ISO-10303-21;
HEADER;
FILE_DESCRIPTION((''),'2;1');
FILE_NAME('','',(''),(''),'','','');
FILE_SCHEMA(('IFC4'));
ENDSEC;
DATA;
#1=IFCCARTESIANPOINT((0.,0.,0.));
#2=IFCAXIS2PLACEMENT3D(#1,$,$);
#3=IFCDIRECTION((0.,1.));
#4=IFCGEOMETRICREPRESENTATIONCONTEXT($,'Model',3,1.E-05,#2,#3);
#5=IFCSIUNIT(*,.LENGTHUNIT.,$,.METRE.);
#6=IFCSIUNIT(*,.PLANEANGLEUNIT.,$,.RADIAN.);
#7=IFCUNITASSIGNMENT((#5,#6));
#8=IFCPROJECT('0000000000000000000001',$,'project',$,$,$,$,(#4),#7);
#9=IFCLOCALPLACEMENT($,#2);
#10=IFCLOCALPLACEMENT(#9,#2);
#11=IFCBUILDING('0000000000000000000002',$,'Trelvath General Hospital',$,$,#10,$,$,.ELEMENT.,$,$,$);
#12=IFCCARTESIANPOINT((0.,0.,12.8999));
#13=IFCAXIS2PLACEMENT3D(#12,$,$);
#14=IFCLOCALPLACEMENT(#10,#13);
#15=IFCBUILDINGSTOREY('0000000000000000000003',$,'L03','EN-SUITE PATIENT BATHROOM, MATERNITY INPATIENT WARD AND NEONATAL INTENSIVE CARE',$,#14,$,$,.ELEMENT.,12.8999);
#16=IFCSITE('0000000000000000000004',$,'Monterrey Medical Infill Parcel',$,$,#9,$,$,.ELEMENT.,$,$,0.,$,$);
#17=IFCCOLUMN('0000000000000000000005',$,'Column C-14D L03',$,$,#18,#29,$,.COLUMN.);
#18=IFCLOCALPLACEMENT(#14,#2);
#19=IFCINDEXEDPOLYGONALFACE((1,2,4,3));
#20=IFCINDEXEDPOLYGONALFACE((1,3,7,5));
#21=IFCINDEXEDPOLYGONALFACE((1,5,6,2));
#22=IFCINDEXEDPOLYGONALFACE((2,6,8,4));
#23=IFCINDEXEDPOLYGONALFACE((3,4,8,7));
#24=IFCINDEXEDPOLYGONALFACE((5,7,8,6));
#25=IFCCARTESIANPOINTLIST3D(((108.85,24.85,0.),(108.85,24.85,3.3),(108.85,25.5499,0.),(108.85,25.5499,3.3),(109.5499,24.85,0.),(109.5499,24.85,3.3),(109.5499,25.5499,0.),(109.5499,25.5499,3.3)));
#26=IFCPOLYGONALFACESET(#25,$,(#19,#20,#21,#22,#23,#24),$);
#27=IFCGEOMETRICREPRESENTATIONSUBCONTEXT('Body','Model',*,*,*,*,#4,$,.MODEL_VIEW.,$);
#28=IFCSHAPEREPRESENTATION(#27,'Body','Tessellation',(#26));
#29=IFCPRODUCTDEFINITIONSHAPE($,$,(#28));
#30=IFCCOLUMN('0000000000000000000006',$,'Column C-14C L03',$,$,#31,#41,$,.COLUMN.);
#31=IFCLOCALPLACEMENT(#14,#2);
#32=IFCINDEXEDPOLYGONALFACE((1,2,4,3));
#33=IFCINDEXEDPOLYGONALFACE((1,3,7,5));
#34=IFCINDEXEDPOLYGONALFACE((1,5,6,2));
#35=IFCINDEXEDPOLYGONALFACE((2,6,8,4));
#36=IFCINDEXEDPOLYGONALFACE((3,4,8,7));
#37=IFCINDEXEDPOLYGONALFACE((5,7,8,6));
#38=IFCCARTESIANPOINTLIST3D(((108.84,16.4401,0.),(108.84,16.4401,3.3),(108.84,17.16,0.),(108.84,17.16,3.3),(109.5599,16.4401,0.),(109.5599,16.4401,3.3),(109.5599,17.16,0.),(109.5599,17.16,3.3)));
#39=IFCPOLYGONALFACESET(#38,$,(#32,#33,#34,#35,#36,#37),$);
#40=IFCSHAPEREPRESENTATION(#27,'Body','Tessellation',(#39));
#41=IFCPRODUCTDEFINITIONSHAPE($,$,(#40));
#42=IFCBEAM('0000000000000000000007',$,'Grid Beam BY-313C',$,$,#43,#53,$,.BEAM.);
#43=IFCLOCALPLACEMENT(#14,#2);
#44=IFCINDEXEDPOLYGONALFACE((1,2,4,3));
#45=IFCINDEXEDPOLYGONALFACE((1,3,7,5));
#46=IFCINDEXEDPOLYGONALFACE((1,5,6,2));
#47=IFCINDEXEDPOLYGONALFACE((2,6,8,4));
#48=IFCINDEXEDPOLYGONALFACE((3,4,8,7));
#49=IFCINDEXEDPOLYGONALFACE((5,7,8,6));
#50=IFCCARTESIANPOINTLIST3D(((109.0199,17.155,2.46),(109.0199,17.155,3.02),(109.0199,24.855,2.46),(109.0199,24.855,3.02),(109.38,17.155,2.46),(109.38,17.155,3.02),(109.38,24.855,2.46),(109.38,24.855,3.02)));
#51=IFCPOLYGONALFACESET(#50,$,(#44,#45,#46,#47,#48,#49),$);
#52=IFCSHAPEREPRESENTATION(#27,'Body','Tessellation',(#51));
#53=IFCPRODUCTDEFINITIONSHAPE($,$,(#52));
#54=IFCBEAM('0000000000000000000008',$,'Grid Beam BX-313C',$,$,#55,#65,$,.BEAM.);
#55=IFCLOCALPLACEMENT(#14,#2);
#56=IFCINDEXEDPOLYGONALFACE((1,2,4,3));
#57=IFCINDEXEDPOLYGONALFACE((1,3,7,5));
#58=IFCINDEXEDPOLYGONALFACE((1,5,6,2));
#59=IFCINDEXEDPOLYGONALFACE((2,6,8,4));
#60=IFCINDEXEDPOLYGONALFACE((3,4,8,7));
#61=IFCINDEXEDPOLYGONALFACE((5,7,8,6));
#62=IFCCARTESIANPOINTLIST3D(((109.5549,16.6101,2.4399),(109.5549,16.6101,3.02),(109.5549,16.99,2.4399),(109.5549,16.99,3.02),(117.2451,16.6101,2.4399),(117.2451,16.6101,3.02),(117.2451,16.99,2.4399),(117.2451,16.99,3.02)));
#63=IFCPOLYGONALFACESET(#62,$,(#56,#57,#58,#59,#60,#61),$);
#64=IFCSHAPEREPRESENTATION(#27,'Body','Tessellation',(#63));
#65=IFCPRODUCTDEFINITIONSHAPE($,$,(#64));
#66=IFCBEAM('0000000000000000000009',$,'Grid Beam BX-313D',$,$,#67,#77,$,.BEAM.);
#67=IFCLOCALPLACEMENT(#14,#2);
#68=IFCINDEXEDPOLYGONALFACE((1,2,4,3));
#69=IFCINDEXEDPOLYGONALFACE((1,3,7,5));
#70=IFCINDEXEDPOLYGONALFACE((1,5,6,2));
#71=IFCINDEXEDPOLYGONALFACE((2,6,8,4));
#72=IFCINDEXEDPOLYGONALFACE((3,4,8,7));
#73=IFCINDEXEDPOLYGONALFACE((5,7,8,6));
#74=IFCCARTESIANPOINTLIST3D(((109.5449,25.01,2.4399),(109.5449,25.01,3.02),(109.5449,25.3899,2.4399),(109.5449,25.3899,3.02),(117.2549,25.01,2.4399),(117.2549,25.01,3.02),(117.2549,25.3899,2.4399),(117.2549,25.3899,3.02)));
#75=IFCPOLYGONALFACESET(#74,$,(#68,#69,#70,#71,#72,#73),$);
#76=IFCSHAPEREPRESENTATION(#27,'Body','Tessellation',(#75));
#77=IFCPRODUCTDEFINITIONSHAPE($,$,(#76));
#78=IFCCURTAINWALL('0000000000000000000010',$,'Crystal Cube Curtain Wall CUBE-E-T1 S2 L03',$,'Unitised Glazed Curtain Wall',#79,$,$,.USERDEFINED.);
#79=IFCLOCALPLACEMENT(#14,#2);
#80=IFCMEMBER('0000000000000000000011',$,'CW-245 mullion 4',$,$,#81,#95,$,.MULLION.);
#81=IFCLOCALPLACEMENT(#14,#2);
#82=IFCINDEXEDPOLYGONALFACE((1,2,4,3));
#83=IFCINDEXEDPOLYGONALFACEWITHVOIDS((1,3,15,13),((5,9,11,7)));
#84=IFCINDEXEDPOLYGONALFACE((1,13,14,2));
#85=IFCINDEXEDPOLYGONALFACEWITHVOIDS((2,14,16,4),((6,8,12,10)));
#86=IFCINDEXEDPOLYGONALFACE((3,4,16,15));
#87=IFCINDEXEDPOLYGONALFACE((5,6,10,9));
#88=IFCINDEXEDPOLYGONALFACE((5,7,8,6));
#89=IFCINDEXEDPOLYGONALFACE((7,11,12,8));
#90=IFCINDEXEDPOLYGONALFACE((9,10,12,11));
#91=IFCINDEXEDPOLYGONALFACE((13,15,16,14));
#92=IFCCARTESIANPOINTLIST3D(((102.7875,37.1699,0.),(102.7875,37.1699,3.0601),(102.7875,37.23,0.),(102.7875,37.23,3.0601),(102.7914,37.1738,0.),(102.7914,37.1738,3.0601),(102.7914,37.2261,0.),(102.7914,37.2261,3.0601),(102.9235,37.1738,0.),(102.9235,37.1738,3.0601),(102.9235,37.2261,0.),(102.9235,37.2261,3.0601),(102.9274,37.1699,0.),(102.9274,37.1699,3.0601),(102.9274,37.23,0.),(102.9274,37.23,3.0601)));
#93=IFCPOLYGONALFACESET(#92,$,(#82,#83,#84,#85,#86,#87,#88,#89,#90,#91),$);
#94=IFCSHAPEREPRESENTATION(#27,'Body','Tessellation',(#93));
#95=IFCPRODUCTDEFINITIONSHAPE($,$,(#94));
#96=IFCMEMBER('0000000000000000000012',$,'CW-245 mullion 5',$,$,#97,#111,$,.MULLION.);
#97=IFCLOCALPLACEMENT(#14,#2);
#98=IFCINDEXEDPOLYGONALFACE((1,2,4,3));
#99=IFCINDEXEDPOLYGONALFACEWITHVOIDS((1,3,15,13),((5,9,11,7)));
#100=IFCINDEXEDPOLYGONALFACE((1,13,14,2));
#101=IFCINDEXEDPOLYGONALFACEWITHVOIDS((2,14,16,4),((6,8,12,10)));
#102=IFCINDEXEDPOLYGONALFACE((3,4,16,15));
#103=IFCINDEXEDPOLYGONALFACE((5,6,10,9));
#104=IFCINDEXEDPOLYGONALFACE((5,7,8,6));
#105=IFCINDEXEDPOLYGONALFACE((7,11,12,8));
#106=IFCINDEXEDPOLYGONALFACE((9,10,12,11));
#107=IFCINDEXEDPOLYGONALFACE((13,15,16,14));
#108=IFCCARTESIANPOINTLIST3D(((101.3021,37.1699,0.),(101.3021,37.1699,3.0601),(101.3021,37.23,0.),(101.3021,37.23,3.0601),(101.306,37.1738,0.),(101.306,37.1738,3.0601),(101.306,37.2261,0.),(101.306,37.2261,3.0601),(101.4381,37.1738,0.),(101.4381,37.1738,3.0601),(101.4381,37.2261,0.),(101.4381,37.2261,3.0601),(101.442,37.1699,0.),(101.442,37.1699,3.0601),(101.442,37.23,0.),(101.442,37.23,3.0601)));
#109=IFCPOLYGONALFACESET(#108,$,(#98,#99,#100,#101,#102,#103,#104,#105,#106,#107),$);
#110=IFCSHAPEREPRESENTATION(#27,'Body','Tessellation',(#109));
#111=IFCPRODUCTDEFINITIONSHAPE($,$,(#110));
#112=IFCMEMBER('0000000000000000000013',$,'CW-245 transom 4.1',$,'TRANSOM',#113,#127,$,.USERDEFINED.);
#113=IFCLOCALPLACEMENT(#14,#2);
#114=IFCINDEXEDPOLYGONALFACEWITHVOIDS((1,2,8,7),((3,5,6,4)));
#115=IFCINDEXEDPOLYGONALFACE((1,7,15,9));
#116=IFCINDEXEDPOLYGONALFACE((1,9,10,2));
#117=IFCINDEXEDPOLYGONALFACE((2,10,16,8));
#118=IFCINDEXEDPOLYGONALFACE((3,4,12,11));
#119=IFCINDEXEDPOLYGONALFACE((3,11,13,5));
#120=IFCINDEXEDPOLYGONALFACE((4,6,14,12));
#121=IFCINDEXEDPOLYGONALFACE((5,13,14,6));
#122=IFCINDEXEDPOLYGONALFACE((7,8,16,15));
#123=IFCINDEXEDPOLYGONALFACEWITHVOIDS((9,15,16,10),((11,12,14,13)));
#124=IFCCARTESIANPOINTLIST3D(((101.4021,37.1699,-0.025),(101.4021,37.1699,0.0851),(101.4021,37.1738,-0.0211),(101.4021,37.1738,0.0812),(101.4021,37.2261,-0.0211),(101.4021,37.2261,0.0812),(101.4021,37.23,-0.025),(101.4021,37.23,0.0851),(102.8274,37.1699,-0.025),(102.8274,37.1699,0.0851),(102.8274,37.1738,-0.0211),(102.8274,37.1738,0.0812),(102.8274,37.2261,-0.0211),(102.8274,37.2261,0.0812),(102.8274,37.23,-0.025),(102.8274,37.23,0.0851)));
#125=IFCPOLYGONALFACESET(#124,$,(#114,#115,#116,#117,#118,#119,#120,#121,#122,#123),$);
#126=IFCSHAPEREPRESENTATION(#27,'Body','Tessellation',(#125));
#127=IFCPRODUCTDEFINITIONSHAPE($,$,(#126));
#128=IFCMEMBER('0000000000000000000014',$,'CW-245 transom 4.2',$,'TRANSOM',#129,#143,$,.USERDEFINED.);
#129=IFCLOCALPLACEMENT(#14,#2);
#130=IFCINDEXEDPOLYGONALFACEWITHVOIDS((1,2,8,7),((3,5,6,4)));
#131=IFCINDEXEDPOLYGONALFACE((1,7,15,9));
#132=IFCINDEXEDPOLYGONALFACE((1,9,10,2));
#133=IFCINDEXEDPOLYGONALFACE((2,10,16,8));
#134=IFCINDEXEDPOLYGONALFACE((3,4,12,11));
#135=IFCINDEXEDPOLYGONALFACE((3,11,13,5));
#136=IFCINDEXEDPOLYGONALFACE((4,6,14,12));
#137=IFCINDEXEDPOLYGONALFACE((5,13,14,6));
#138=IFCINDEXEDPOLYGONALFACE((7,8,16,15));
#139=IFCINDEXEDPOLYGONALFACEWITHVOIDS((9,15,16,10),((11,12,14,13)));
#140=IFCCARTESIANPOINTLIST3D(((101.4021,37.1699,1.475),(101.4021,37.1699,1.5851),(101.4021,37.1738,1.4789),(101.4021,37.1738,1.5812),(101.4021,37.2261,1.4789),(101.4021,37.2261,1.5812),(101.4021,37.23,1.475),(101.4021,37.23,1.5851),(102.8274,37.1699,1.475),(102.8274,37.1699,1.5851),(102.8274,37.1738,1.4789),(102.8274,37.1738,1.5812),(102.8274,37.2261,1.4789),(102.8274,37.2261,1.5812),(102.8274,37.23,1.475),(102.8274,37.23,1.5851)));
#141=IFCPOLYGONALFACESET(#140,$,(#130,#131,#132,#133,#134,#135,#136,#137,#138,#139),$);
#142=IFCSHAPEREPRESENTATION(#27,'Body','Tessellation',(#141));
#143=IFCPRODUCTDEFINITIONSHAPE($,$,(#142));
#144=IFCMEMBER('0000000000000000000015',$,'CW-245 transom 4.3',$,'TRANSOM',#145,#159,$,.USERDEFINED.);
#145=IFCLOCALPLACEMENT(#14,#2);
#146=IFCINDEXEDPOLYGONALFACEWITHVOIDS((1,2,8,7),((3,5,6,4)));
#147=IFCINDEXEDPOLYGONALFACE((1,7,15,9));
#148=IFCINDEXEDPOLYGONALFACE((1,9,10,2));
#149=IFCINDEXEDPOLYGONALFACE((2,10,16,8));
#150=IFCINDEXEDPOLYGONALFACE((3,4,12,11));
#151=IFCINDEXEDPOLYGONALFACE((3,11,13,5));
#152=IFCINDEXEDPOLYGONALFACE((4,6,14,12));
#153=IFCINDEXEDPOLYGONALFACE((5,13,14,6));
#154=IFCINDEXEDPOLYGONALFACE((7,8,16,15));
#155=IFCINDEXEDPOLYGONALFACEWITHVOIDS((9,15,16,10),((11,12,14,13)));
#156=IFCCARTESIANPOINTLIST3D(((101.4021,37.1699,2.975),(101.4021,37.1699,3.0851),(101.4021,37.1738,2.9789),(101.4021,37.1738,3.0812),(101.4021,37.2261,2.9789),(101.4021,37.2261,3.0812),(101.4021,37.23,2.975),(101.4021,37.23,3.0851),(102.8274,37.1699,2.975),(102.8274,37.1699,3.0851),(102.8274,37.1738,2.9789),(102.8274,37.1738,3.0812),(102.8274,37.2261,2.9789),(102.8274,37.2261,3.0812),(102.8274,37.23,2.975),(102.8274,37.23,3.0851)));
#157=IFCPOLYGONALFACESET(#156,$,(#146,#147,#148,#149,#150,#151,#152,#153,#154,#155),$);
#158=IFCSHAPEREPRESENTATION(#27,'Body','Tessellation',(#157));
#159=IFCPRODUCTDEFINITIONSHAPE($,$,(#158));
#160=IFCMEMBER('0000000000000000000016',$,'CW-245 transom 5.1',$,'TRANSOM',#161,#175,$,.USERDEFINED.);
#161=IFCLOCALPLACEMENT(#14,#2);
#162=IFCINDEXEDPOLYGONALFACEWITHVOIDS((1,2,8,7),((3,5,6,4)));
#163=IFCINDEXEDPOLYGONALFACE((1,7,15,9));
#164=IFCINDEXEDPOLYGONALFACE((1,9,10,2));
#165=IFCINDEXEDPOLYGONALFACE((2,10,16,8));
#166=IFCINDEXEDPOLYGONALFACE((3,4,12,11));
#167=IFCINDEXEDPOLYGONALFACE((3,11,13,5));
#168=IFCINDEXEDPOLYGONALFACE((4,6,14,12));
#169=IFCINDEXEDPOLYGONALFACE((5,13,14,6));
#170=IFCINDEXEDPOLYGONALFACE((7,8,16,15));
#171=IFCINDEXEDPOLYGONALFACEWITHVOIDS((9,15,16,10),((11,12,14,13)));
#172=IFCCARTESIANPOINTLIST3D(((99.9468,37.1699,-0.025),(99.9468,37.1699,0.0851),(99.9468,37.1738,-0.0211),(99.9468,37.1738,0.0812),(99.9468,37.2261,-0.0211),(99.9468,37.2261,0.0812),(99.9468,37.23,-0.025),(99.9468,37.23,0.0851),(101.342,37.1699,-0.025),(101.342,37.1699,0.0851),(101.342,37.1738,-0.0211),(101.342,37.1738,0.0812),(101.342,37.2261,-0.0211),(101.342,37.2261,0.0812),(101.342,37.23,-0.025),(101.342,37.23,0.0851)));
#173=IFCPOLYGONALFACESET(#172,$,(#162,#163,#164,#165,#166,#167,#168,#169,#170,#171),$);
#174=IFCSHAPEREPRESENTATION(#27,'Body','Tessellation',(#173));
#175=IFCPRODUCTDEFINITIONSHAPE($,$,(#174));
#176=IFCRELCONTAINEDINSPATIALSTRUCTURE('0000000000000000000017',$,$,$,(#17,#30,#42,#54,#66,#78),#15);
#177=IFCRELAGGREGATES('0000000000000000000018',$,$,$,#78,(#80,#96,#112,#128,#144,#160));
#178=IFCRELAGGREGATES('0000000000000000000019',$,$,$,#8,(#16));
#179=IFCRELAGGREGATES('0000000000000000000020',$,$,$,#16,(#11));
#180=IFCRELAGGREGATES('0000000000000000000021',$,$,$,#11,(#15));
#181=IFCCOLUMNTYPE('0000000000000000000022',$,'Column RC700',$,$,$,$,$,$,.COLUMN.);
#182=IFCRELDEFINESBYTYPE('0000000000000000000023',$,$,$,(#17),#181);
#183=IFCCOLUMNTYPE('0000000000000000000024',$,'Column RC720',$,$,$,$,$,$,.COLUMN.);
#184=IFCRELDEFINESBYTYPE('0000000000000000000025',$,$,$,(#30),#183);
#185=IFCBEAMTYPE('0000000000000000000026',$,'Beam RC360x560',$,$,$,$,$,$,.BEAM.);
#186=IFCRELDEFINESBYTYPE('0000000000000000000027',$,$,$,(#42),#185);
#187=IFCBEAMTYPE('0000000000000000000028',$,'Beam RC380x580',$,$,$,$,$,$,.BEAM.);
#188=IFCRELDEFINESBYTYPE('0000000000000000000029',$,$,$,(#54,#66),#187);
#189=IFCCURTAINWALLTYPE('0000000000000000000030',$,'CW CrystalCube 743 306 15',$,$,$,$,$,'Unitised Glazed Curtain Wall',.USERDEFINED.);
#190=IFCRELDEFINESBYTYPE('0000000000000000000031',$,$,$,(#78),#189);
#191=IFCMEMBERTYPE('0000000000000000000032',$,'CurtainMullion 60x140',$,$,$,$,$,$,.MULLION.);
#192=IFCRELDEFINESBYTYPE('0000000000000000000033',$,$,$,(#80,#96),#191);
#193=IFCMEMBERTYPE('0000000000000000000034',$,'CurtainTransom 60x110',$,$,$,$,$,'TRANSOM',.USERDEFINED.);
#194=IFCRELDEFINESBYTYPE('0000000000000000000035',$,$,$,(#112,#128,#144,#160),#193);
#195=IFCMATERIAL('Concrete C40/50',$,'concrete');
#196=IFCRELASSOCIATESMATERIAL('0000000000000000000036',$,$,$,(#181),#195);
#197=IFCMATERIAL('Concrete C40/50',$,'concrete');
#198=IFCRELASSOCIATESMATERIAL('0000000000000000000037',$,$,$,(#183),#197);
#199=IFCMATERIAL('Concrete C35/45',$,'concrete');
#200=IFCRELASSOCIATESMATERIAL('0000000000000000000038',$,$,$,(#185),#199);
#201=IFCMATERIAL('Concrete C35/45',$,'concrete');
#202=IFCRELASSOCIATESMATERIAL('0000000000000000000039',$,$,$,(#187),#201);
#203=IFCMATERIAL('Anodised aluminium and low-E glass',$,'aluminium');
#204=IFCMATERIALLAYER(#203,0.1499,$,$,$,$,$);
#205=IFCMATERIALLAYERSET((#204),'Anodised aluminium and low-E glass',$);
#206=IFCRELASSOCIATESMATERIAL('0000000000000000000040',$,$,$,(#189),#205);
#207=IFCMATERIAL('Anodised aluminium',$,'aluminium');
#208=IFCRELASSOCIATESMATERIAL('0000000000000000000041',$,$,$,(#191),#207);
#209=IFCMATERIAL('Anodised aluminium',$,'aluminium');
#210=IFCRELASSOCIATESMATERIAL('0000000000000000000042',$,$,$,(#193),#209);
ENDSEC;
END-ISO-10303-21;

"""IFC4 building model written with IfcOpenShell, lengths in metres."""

from ifc_helpers import new_model, si_unit, direction, frame, origin, origin_2d, place, context, subcontext, project, spatial, rectangle, hollow_rectangle, extrude, material, layer, layer_set, material_profile, profile_set, type_object, element, aggregate, save


model = new_model("IFC4")

# Units and contexts
model_context = context("Model", 3, precision=1e-05, world=origin(), true_north=direction((0.0, 1.0)))
body_context = subcontext(model_context, "Body", "Model", "MODEL_VIEW")
ifc_project = project(units=[si_unit("LENGTHUNIT", "METRE"), si_unit("PLANEANGLEUNIT", "RADIAN")], contexts=[model_context])

# Site, building, storey
site_placement = place(None, origin())
site = spatial("IfcSite", under=ifc_project, at=site_placement, Name="Monterrey Medical Infill Parcel", CompositionType="ELEMENT", RefElevation=0.0)
building_placement = place(site_placement, origin())
building = spatial("IfcBuilding", under=site, at=building_placement, Name="Trelvath General Hospital", CompositionType="ELEMENT")
storey_placement = place(building_placement, frame((0.0, 0.0, 12.8999)))
storey = spatial("IfcBuildingStorey", under=building, at=storey_placement, Name="L03", Description="EN-SUITE PATIENT BATHROOM, MATERNITY INPATIENT WARD AND NEONATAL INTENSIVE CARE", CompositionType="ELEMENT", Elevation=12.8999)

# Columns
ifc_material_1 = material(Name="Concrete C40/50", Category="concrete")
ifc_material_profile_1 = material_profile(ifc_material_1, rectangle(XDim=0.7, YDim=0.7, at=origin_2d()), Name="RC700x700")
ifc_profile_set_1 = profile_set([ifc_material_profile_1], Name="Concrete C40/50")
column_type_1 = type_object("IfcColumnType", Name="Column RC700", PredefinedType="COLUMN", material=ifc_profile_set_1)
column_1_placement = place(storey_placement, frame((109.2, 25.2, 0.0), z_axis=(0.0, 0.0, 1.0), x_axis=(1.0, 0.0, 0.0)))
element("IfcColumn", 1, at=column_1_placement, inside=storey, type_object=column_type_1, Name="Column C-14D L03", PredefinedType="COLUMN", context=body_context, shape_type="SweptSolid", body=[
    extrude(rectangle(XDim=0.7, YDim=0.7, at=origin_2d()), origin(), (0.0, 0.0, 1.0), 3.3),
])
ifc_material_2 = material(Name="Concrete C40/50", Category="concrete")
ifc_material_profile_2 = material_profile(ifc_material_2, rectangle(XDim=0.72, YDim=0.72, at=origin_2d()), Name="RC720x720")
ifc_profile_set_2 = profile_set([ifc_material_profile_2], Name="Concrete C40/50")
column_type_2 = type_object("IfcColumnType", Name="Column RC720", PredefinedType="COLUMN", material=ifc_profile_set_2)
column_2_placement = place(storey_placement, frame((109.2, 16.8, 0.0), z_axis=(0.0, 0.0, 1.0), x_axis=(1.0, 0.0, 0.0)))
element("IfcColumn", 2, at=column_2_placement, inside=storey, type_object=column_type_2, Name="Column C-14C L03", PredefinedType="COLUMN", context=body_context, shape_type="SweptSolid", body=[
    extrude(rectangle(XDim=0.72, YDim=0.72, at=origin_2d()), origin(), (0.0, 0.0, 1.0), 3.3),
])

# Beams
ifc_material_3 = material(Name="Concrete C35/45", Category="concrete")
ifc_material_profile_3 = material_profile(ifc_material_3, rectangle(XDim=0.3601, YDim=0.5601, at=origin_2d()), Name="RCB360x560")
ifc_profile_set_3 = profile_set([ifc_material_profile_3], Name="Concrete C35/45")
beam_type_1 = type_object("IfcBeamType", Name="Beam RC360x560", PredefinedType="BEAM", material=ifc_profile_set_3)
beam_1_placement = place(storey_placement, frame((109.2, 17.155, 2.74), z_axis=(0.0, 1.0, 0.0), x_axis=(-1.0, 0.0, 0.0)))
element("IfcBeam", 3, at=beam_1_placement, inside=storey, type_object=beam_type_1, Name="Grid Beam BY-313C", PredefinedType="BEAM", context=body_context, shape_type="SweptSolid", body=[
    extrude(rectangle(XDim=0.3601, YDim=0.5601, at=origin_2d()), origin(), (0.0, 0.0, 1.0), 7.7),
])
ifc_material_4 = material(Name="Concrete C35/45", Category="concrete")
ifc_material_profile_4 = material_profile(ifc_material_4, rectangle(XDim=0.3799, YDim=0.5801, at=origin_2d()), Name="RCB380x580")
ifc_profile_set_4 = profile_set([ifc_material_profile_4], Name="Concrete C35/45")
beam_type_2 = type_object("IfcBeamType", Name="Beam RC380x580", PredefinedType="BEAM", material=ifc_profile_set_4)
beam_2_placement = place(storey_placement, frame((109.5549, 16.8, 2.73), z_axis=(1.0, 0.0, 0.0), x_axis=(0.0, 1.0, 0.0)))
element("IfcBeam", 4, at=beam_2_placement, inside=storey, type_object=beam_type_2, Name="Grid Beam BX-313C", PredefinedType="BEAM", context=body_context, shape_type="SweptSolid", body=[
    extrude(rectangle(XDim=0.3799, YDim=0.5801, at=origin_2d()), origin(), (0.0, 0.0, 1.0), 7.6902),
])
beam_3_placement = place(storey_placement, frame((109.5449, 25.2, 2.73), z_axis=(1.0, 0.0, 0.0), x_axis=(0.0, 1.0, 0.0)))
element("IfcBeam", 5, at=beam_3_placement, inside=storey, type_object=beam_type_2, Name="Grid Beam BX-313D", PredefinedType="BEAM", context=body_context, shape_type="SweptSolid", body=[
    extrude(rectangle(XDim=0.3799, YDim=0.5801, at=origin_2d()), origin(), (0.0, 0.0, 1.0), 7.71),
])

# Curtain wall, members
ifc_material_5 = material(Name="Anodised aluminium and low-E glass", Category="aluminium")
ifc_layer_1 = layer(ifc_material_5, 0.1499)
ifc_layer_set_1 = layer_set([ifc_layer_1], Name="Anodised aluminium and low-E glass")
curtain_wall_type = type_object("IfcCurtainWallType", Name="CW CrystalCube 743 306 15", ElementType="Unitised Glazed Curtain Wall", PredefinedType="USERDEFINED", material=ifc_layer_set_1)
curtain_wall_placement = place(storey_placement, origin())
curtain_wall = element("IfcCurtainWall", 6, at=curtain_wall_placement, inside=storey, type_object=curtain_wall_type, Name="Crystal Cube Curtain Wall CUBE-E-T1 S2 L03", ObjectType="Unitised Glazed Curtain Wall", PredefinedType="USERDEFINED")
ifc_material_6 = material(Name="Anodised aluminium", Category="aluminium")
ifc_material_profile_5 = material_profile(ifc_material_6, hollow_rectangle(XDim=0.0601, YDim=0.1399, WallThickness=0.0039, at=origin_2d()), Name="RHS60x140x4")
ifc_profile_set_5 = profile_set([ifc_material_profile_5], Name="Anodised aluminium")
member_type_1 = type_object("IfcMemberType", Name="CurtainMullion 60x140", PredefinedType="MULLION", material=ifc_profile_set_5)
member_1_placement = place(storey_placement, frame((102.8574, 37.2, 0.0), z_axis=(0.0, 0.0, 1.0), x_axis=(0.0, -1.0, 0.0)))
member_1 = element("IfcMember", 7, at=member_1_placement, type_object=member_type_1, Name="CW-245 mullion 4", PredefinedType="MULLION", context=body_context, shape_type="SweptSolid", body=[
    extrude(hollow_rectangle(XDim=0.0601, YDim=0.1399, WallThickness=0.0039, at=origin_2d()), origin(), (0.0, 0.0, 1.0), 3.0601),
])
member_2_placement = place(storey_placement, frame((101.3721, 37.2, 0.0), z_axis=(0.0, 0.0, 1.0), x_axis=(0.0, -1.0, 0.0)))
member_2 = element("IfcMember", 8, at=member_2_placement, type_object=member_type_1, Name="CW-245 mullion 5", PredefinedType="MULLION", context=body_context, shape_type="SweptSolid", body=[
    extrude(hollow_rectangle(XDim=0.0601, YDim=0.1399, WallThickness=0.0039, at=origin_2d()), origin(), (0.0, 0.0, 1.0), 3.0601),
])
ifc_material_7 = material(Name="Anodised aluminium", Category="aluminium")
ifc_material_profile_6 = material_profile(ifc_material_7, hollow_rectangle(XDim=0.0601, YDim=0.1101, WallThickness=0.0039, at=origin_2d()), Name="RHS60x110x4")
ifc_profile_set_6 = profile_set([ifc_material_profile_6], Name="Anodised aluminium")
member_type_2 = type_object("IfcMemberType", Name="CurtainTransom 60x110", ElementType="TRANSOM", PredefinedType="USERDEFINED", material=ifc_profile_set_6)
member_3_placement = place(storey_placement, frame((102.8274, 37.2, 0.03), z_axis=(-1.0, 0.0, 0.0), x_axis=(0.0, -1.0, 0.0)))
member_3 = element("IfcMember", 9, at=member_3_placement, type_object=member_type_2, Name="CW-245 transom 4.1", ObjectType="TRANSOM", PredefinedType="USERDEFINED", context=body_context, shape_type="SweptSolid", body=[
    extrude(hollow_rectangle(XDim=0.0601, YDim=0.1101, WallThickness=0.0039, at=origin_2d()), origin(), (0.0, 0.0, 1.0), 1.4253),
])
member_4_placement = place(storey_placement, frame((102.8274, 37.2, 1.53), z_axis=(-1.0, 0.0, 0.0), x_axis=(0.0, -1.0, 0.0)))
member_4 = element("IfcMember", 10, at=member_4_placement, type_object=member_type_2, Name="CW-245 transom 4.2", ObjectType="TRANSOM", PredefinedType="USERDEFINED", context=body_context, shape_type="SweptSolid", body=[
    extrude(hollow_rectangle(XDim=0.0601, YDim=0.1101, WallThickness=0.0039, at=origin_2d()), origin(), (0.0, 0.0, 1.0), 1.4253),
])
member_5_placement = place(storey_placement, frame((102.8274, 37.2, 3.03), z_axis=(-1.0, 0.0, 0.0), x_axis=(0.0, -1.0, 0.0)))
member_5 = element("IfcMember", 11, at=member_5_placement, type_object=member_type_2, Name="CW-245 transom 4.3", ObjectType="TRANSOM", PredefinedType="USERDEFINED", context=body_context, shape_type="SweptSolid", body=[
    extrude(hollow_rectangle(XDim=0.0601, YDim=0.1101, WallThickness=0.0039, at=origin_2d()), origin(), (0.0, 0.0, 1.0), 1.4253),
])
member_6_placement = place(storey_placement, frame((101.342, 37.2, 0.03), z_axis=(-1.0, 0.0, 0.0), x_axis=(0.0, -1.0, 0.0)))
member_6 = element("IfcMember", 12, at=member_6_placement, type_object=member_type_2, Name="CW-245 transom 5.1", ObjectType="TRANSOM", PredefinedType="USERDEFINED", context=body_context, shape_type="SweptSolid", body=[
    extrude(hollow_rectangle(XDim=0.0601, YDim=0.1101, WallThickness=0.0039, at=origin_2d()), origin(), (0.0, 0.0, 1.0), 1.3953),
])

aggregate(curtain_wall, [member_1, member_2, member_3, member_4, member_5, member_6])

save(model, "model.ifc")
